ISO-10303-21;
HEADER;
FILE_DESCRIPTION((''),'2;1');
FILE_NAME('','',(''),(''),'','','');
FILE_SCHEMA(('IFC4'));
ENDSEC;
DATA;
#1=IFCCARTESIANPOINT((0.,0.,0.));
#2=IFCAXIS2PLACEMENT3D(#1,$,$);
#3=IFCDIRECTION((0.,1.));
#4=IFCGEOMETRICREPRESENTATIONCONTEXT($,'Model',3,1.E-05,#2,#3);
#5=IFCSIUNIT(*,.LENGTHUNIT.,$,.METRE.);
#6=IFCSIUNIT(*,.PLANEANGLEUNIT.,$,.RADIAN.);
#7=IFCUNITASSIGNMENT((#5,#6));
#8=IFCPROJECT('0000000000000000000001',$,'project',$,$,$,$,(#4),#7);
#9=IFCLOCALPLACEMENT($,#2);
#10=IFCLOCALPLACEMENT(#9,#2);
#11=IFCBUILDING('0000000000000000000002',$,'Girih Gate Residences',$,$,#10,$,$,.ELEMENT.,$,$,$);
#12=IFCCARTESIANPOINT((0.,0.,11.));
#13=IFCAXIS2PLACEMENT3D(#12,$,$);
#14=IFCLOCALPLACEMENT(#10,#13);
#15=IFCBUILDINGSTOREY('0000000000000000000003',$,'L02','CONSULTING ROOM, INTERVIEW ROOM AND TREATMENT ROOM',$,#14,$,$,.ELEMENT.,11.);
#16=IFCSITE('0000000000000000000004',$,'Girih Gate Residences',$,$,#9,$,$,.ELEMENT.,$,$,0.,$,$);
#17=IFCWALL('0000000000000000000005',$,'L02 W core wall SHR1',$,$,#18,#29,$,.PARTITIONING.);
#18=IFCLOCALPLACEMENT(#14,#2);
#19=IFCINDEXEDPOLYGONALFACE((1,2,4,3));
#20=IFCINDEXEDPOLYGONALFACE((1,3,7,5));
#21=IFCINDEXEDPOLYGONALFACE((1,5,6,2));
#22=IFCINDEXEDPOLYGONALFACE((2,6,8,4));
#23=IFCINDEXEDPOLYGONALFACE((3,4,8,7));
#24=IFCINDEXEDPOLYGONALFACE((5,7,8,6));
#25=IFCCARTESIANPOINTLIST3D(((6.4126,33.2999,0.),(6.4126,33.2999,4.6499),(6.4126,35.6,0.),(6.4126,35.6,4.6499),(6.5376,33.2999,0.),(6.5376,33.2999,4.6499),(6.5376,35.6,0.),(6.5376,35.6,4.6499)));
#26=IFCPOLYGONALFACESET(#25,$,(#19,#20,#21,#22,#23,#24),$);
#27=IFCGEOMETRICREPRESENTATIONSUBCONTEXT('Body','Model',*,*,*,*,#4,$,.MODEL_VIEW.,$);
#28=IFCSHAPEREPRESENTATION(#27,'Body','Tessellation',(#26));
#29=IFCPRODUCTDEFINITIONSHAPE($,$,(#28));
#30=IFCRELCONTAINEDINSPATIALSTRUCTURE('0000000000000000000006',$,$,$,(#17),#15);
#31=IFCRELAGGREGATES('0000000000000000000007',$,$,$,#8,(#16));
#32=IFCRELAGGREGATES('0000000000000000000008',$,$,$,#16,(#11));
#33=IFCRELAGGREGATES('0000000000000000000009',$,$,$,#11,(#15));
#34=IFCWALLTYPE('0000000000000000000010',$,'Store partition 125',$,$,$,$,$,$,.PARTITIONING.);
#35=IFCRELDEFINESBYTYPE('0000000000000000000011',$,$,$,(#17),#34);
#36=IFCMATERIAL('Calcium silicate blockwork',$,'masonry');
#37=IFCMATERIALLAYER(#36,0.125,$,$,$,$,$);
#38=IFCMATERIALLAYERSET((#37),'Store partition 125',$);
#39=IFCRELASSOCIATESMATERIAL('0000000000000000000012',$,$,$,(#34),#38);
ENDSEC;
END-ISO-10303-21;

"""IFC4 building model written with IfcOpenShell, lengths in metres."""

from ifc_helpers import new_model, si_unit, direction, frame, frame_2d, origin, place, context, subcontext, project, spatial, rectangle, extrude, material, layer, layer_set, type_object, element, save


model = new_model("IFC4")

# Units and contexts
model_context = context("Model", 3, precision=1e-05, world=origin(), true_north=direction((0.0, 1.0)))
body_context = subcontext(model_context, "Body", "Model", "MODEL_VIEW")
ifc_project = project(units=[si_unit("LENGTHUNIT", "METRE"), si_unit("PLANEANGLEUNIT", "RADIAN")], contexts=[model_context])

# Site, building, storey
site_placement = place(None, origin())
site = spatial("IfcSite", under=ifc_project, at=site_placement, Name="Girih Gate Residences", CompositionType="ELEMENT", RefElevation=0.0)
building_placement = place(site_placement, origin())
building = spatial("IfcBuilding", under=site, at=building_placement, Name="Girih Gate Residences", CompositionType="ELEMENT")
storey_placement = place(building_placement, frame((0.0, 0.0, 11.0)))
storey = spatial("IfcBuildingStorey", under=building, at=storey_placement, Name="L02", Description="CONSULTING ROOM, INTERVIEW ROOM AND TREATMENT ROOM", CompositionType="ELEMENT", Elevation=11.0)

# Wall
ifc_material_1 = material(Name="Calcium silicate blockwork", Category="masonry")
ifc_layer_1 = layer(ifc_material_1, 0.125)
ifc_layer_set_1 = layer_set([ifc_layer_1], Name="Store partition 125")
wall_type_1 = type_object("IfcWallType", Name="Store partition 125", PredefinedType="PARTITIONING", material=ifc_layer_set_1)
wall_1_placement = place(storey_placement, frame((6.4751, 33.3, 0.0), z_axis=(0.0, 0.0, 1.0), x_axis=(0.0, 1.0, 0.0)))
element("IfcWall", 1, at=wall_1_placement, inside=storey, type_object=wall_type_1, Name="L02 W core wall SHR1", PredefinedType="PARTITIONING", context=body_context, shape_type="SweptSolid", body=[
    extrude(rectangle(XDim=2.3, YDim=0.125, at=frame_2d((1.1499, 0.0))), origin(), (0.0, 0.0, 1.0), 4.6499),
])

save(model, "model.ifc")
